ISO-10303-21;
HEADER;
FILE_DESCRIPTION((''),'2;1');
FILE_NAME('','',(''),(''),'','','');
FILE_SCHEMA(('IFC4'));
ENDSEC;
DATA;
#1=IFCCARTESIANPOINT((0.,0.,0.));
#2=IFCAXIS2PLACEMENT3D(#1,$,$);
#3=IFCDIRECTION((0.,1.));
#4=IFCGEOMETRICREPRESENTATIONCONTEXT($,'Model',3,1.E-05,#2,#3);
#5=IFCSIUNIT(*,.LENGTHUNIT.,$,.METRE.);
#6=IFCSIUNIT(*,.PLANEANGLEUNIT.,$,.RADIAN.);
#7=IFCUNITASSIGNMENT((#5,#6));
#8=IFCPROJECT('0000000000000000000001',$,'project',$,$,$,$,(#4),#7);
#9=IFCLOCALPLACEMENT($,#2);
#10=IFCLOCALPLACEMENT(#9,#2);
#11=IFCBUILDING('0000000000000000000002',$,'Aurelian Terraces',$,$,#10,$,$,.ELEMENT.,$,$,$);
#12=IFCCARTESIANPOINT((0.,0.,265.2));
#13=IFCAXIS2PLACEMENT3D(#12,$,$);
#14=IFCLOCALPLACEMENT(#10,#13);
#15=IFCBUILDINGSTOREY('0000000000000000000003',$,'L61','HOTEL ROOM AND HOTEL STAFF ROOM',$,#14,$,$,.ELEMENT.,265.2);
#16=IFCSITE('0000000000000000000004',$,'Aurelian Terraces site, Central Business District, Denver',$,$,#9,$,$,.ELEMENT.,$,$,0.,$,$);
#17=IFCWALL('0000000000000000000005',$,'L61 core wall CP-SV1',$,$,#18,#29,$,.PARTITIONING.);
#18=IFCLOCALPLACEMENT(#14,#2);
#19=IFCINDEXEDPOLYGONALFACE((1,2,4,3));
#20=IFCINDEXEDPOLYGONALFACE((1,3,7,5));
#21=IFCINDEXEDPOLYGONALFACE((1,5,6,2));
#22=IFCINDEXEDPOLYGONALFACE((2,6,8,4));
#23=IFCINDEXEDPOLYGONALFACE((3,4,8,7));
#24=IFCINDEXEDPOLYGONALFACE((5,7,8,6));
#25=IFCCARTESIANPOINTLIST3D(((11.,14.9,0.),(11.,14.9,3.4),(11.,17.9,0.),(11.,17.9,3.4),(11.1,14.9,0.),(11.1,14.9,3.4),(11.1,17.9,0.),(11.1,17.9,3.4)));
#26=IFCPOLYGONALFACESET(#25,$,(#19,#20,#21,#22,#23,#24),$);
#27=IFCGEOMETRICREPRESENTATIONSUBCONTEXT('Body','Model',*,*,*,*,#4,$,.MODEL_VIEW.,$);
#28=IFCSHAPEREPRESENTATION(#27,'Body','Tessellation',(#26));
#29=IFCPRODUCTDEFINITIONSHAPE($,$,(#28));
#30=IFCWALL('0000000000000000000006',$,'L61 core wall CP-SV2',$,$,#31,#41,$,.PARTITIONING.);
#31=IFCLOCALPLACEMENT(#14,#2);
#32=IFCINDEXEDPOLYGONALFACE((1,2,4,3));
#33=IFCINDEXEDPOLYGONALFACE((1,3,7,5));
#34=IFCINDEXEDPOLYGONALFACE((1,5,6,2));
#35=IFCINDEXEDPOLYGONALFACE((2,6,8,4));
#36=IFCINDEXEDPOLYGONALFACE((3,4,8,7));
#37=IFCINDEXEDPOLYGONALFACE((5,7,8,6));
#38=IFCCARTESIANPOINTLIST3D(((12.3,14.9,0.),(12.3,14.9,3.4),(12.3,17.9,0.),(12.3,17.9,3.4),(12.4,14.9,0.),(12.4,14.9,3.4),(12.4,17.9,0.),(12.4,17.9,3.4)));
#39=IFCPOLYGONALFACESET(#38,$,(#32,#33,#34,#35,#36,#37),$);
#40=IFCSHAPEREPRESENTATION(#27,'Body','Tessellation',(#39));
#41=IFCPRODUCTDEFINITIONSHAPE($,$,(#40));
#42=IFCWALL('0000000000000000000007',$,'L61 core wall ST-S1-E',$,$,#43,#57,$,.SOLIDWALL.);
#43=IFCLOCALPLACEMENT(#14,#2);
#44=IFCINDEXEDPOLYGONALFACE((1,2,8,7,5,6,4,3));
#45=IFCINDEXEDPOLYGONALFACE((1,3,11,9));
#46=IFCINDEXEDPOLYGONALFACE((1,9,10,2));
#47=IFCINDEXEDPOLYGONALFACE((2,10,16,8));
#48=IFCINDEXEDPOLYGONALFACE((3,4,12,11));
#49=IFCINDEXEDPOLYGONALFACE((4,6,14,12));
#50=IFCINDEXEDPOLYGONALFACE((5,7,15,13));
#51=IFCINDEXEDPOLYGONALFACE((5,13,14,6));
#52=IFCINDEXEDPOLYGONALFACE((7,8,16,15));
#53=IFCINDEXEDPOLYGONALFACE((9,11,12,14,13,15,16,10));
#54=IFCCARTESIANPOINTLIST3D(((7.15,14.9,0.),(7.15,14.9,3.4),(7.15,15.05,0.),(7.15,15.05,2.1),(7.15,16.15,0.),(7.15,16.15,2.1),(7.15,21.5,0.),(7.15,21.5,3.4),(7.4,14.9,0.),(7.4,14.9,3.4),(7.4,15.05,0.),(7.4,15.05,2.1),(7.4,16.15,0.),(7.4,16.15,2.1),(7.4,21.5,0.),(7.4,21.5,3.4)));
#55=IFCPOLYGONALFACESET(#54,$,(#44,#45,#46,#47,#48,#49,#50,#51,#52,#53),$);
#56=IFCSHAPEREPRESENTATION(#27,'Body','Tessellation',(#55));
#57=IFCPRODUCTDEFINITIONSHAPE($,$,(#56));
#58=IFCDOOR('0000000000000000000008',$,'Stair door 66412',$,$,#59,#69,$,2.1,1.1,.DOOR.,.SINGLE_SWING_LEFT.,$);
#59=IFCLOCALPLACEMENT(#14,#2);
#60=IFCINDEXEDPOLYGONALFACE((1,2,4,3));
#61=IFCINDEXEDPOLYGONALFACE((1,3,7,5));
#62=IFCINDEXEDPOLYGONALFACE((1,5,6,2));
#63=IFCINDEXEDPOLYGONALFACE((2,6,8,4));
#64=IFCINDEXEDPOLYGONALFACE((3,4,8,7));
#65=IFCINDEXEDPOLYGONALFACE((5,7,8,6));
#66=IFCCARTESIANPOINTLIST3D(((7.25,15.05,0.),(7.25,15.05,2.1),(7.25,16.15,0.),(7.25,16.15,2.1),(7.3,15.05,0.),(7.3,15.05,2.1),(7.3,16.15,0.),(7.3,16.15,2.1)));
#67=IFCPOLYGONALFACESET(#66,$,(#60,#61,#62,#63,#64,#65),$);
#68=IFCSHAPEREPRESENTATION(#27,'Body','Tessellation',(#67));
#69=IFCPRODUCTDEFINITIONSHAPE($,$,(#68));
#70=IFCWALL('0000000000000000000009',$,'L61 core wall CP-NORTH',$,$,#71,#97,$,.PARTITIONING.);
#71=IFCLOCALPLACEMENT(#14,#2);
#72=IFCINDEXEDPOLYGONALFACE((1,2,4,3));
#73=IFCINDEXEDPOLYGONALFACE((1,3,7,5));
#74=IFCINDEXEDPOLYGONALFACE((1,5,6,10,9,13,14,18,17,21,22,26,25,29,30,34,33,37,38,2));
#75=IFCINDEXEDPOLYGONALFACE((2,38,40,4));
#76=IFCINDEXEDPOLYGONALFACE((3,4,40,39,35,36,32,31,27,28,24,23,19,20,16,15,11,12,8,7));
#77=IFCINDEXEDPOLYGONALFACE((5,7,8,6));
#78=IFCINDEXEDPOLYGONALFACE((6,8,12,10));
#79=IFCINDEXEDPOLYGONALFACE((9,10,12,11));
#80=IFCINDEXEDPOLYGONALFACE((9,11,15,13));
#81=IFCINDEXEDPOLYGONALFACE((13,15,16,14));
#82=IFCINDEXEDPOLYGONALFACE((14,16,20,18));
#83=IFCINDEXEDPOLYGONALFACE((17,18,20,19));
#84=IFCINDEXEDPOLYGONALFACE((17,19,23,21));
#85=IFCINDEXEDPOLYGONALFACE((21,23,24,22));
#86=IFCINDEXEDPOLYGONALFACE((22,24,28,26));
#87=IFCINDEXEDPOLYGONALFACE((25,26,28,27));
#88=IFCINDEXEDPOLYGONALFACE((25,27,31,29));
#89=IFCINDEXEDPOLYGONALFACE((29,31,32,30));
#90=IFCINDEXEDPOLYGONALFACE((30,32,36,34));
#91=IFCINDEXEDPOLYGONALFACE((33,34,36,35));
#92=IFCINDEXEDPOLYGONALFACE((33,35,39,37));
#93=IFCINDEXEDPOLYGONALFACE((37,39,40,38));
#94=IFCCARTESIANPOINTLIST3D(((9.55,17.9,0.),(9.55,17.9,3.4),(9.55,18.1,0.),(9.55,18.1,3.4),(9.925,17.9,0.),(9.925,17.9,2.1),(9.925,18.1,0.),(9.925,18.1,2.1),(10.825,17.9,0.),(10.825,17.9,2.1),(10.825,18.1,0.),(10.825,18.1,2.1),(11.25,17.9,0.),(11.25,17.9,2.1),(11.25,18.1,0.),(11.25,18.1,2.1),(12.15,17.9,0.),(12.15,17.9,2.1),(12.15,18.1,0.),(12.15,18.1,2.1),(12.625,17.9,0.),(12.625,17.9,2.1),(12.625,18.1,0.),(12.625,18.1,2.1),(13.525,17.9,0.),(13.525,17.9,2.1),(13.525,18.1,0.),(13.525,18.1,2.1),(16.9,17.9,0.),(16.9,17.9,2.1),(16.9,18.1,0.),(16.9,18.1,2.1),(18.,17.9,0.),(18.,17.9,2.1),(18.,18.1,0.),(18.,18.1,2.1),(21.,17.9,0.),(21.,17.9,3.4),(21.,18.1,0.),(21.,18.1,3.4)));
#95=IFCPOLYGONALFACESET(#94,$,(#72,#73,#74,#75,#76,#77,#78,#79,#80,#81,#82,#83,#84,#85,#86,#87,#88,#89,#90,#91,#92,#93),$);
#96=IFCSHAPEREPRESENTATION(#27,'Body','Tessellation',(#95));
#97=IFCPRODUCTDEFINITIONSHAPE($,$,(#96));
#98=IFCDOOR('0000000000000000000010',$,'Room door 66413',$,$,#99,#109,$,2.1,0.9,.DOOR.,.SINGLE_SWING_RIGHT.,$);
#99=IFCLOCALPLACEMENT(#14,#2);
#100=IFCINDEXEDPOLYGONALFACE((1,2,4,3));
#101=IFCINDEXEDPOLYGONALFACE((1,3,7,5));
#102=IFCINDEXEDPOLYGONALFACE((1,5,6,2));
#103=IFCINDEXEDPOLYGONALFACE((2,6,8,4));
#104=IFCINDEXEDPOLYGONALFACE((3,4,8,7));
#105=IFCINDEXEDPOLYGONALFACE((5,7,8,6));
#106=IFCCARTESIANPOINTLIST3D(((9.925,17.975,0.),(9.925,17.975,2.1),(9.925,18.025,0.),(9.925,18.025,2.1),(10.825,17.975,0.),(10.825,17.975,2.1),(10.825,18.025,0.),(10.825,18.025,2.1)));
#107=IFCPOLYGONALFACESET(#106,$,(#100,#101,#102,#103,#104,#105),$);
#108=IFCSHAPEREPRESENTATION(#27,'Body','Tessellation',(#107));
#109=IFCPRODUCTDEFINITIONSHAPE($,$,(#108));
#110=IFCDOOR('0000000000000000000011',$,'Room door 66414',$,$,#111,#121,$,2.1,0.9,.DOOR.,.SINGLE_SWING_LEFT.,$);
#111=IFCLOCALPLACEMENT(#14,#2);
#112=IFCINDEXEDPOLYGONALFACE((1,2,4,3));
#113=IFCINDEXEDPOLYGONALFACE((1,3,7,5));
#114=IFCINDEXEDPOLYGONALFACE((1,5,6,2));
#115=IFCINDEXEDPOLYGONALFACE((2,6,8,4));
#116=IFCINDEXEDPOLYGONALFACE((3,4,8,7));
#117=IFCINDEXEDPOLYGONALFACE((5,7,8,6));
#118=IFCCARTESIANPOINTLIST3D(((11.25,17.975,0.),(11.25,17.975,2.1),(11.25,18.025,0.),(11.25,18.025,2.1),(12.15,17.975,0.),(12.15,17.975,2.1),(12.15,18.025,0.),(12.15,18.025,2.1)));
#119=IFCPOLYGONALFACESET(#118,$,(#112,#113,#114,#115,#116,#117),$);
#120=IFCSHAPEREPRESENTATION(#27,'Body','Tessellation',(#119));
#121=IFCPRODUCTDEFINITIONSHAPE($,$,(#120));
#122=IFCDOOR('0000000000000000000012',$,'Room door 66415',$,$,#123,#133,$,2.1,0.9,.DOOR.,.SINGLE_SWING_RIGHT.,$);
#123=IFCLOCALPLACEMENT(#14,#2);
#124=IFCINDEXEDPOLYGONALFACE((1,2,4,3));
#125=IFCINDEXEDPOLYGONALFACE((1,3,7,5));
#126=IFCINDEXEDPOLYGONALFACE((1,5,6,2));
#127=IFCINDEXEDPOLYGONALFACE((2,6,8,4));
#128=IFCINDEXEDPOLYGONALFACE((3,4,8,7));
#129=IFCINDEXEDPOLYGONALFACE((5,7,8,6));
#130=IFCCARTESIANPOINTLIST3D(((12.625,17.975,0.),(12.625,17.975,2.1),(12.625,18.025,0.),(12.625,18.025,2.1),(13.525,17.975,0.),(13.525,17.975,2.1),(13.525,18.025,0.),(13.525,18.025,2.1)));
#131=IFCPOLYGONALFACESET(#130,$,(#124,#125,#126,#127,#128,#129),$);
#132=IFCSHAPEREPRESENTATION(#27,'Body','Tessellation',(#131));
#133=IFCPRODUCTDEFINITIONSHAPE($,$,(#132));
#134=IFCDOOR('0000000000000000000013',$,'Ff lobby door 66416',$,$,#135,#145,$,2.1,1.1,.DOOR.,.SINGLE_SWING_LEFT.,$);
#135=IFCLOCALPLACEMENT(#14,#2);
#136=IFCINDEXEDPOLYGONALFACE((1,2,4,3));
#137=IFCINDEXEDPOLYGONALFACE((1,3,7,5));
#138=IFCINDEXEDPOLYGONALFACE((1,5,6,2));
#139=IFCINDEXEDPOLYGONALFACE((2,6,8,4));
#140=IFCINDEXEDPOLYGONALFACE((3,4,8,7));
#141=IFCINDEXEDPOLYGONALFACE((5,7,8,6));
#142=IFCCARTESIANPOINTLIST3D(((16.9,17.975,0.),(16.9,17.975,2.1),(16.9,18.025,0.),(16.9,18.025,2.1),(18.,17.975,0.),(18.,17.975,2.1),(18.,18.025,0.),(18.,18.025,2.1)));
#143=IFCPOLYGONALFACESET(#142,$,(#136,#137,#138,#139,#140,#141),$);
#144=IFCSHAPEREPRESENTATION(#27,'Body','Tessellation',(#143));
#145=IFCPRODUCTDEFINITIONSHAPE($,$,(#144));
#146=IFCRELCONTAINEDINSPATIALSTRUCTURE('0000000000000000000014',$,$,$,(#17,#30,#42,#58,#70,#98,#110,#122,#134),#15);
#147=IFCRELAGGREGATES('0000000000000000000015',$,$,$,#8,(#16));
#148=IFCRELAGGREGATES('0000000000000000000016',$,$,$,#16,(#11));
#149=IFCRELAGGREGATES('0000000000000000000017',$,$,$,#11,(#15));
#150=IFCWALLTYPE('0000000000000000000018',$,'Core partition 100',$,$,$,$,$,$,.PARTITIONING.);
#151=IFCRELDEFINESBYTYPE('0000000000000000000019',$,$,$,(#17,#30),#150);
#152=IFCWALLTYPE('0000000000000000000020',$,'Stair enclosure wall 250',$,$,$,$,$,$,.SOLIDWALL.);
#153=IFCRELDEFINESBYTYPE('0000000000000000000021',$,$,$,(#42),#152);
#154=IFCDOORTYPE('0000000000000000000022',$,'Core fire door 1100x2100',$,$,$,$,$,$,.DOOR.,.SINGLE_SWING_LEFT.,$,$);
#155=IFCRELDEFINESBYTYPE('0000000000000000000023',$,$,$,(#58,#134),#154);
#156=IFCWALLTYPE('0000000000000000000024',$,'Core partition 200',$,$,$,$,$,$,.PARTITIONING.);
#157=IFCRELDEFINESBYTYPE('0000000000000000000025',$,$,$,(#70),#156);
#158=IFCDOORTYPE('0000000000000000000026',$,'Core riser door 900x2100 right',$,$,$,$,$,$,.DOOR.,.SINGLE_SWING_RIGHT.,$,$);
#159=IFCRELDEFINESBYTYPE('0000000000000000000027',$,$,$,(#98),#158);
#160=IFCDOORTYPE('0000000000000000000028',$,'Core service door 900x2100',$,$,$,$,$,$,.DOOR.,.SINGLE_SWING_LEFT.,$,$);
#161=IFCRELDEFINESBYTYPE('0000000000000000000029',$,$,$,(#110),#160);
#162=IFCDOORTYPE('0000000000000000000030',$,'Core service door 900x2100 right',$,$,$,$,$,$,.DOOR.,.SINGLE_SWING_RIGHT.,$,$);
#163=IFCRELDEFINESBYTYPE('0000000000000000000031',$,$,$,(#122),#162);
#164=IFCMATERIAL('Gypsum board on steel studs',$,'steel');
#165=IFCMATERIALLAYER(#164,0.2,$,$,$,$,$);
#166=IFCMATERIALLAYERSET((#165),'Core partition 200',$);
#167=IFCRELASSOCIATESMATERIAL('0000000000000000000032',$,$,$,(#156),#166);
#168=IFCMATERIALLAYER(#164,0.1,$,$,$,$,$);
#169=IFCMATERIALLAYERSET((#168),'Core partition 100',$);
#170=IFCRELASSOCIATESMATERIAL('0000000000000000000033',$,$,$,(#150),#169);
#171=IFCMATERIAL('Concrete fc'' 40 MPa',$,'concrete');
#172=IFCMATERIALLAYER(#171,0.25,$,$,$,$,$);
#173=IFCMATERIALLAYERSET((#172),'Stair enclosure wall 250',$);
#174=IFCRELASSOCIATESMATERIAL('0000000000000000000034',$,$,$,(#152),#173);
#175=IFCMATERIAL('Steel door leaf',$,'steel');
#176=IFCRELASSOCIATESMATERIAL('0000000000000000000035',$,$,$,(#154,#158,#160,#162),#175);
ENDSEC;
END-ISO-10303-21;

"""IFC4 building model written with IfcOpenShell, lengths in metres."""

from ifc_helpers import new_model, si_unit, direction, frame, frame_2d, origin, place, context, subcontext, project, spatial, rectangle, extrude, source, transform, mapped, material, layer, layer_set, type_object, element, fill, save


model = new_model("IFC4")

# Units and contexts
model_context = context("Model", 3, precision=1e-05, world=origin(), true_north=direction((0.0, 1.0)))
body_context = subcontext(model_context, "Body", "Model", "MODEL_VIEW")
ifc_project = project(units=[si_unit("LENGTHUNIT", "METRE"), si_unit("PLANEANGLEUNIT", "RADIAN")], contexts=[model_context])

# Site, building, storey
site_placement = place(None, origin())
site = spatial("IfcSite", under=ifc_project, at=site_placement, Name="Aurelian Terraces site, Central Business District, Denver", CompositionType="ELEMENT", RefElevation=0.0)
building_placement = place(site_placement, origin())
building = spatial("IfcBuilding", under=site, at=building_placement, Name="Aurelian Terraces", CompositionType="ELEMENT")
storey_placement = place(building_placement, frame((0.0, 0.0, 265.2)))
storey = spatial("IfcBuildingStorey", under=building, at=storey_placement, Name="L61", Description="HOTEL ROOM AND HOTEL STAFF ROOM", CompositionType="ELEMENT", Elevation=265.2)

# Shared definitions
ifc_material_1 = material(Name="Concrete fc' 40 MPa", Category="concrete")

# Shared definitions
shared_shape_1 = source(origin(), body_context, "Body", "SweptSolid", [
    extrude(rectangle(XDim=1.1, YDim=2.1, at=frame_2d((0.55, 1.05))), frame((0.0, 0.11, 0.0), z_axis=(0.0, -1.0, 0.0), x_axis=(1.0, 0.0, 0.0)), (0.0, 0.0, 1.0), 0.22),
])
shared_shape_2 = source(origin(), body_context, "Body", "SweptSolid", [
    extrude(rectangle(XDim=1.1, YDim=2.1, at=frame_2d((0.55, 1.05))), frame((0.0, 0.025, 0.0), z_axis=(0.0, -1.0, 0.0), x_axis=(1.0, 0.0, 0.0)), (0.0, 0.0, 1.0), 0.05),
])

# Walls
ifc_material_2 = material(Name="Gypsum board on steel studs", Category="steel")
ifc_layer_1 = layer(ifc_material_2, 0.2)
ifc_layer_set_1 = layer_set([ifc_layer_1], Name="Core partition 200")
wall_type_1 = type_object("IfcWallType", Name="Core partition 200", PredefinedType="PARTITIONING", material=ifc_layer_set_1)
ifc_layer_2 = layer(ifc_material_2, 0.1)
ifc_layer_set_2 = layer_set([ifc_layer_2], Name="Core partition 100")
wall_type_2 = type_object("IfcWallType", Name="Core partition 100", PredefinedType="PARTITIONING", material=ifc_layer_set_2)
shared_shape_3 = source(origin(), body_context, "Body", "SweptSolid", [
    extrude(rectangle(XDim=3.0, YDim=0.1, at=frame_2d((1.5, 0.0))), origin(), (0.0, 0.0, 1.0), 3.4),
])
for number, where, z_axis, x_axis, name in (
    (1, (11.05, 14.9, 0.0), (0.0, 0.0, 1.0), (0.0, 1.0, 0.0), "L61 core wall CP-SV1"),
    (2, (12.35, 14.9, 0.0), (0.0, 0.0, 1.0), (0.0, 1.0, 0.0), "L61 core wall CP-SV2"),
):
    element("IfcWall", number, at=place(storey_placement, frame(where, z_axis=z_axis, x_axis=x_axis)), inside=storey, type_object=wall_type_2, Name=name, PredefinedType="PARTITIONING", context=body_context, shape_type="MappedRepresentation", body=[
        mapped(shared_shape_3, transform((0.0, 0.0, 0.0), scale=1.0)),
    ])

# Wall, opening, door
ifc_layer_3 = layer(ifc_material_1, 0.25)
ifc_layer_set_3 = layer_set([ifc_layer_3], Name="Stair enclosure wall 250")
wall_type_3 = type_object("IfcWallType", Name="Stair enclosure wall 250", PredefinedType="SOLIDWALL", material=ifc_layer_set_3)
shared_shape_4 = source(origin(), body_context, "Body", "SweptSolid", [
    extrude(rectangle(XDim=6.6, YDim=0.25, at=frame_2d((3.3, 0.0))), origin(), (0.0, 0.0, 1.0), 3.4),
])
wall_1_placement = place(storey_placement, frame((7.275, 14.9, 0.0), z_axis=(0.0, 0.0, 1.0), x_axis=(0.0, 1.0, 0.0)))
wall_1 = element("IfcWall", 3, at=wall_1_placement, inside=storey, type_object=wall_type_3, Name="L61 core wall ST-S1-E", PredefinedType="SOLIDWALL", context=body_context, shape_type="MappedRepresentation", body=[
    mapped(shared_shape_4, transform((0.0, 0.0, 0.0), scale=1.0)),
])
shared_shape_5 = source(origin(), body_context, "Body", "SweptSolid", [
    extrude(rectangle(XDim=1.1, YDim=2.1, at=frame_2d((0.55, 1.05))), frame((0.0, 0.135, 0.0), z_axis=(0.0, -1.0, 0.0), x_axis=(1.0, 0.0, 0.0)), (0.0, 0.0, 1.0), 0.27),
])
opening_1_placement = place(wall_1_placement, frame((0.15, 0.0, 0.0)))
opening_1 = element("IfcOpeningElement", 4, at=opening_1_placement, cuts=wall_1, PredefinedType="OPENING", context=body_context, shape_type="MappedRepresentation", body=[
    mapped(shared_shape_5, transform((0.0, 0.0, 0.0), scale=1.0)),
])
ifc_material_3 = material(Name="Steel door leaf", Category="steel")
door_type_1 = type_object("IfcDoorType", Name="Core fire door 1100x2100", OperationType="SINGLE_SWING_LEFT", PredefinedType="DOOR", material=ifc_material_3)
door_1_placement = place(opening_1_placement, origin())
door_1 = element("IfcDoor", 5, at=door_1_placement, inside=storey, type_object=door_type_1, Name="Stair door 66412", OperationType="SINGLE_SWING_LEFT", OverallHeight=2.1, OverallWidth=1.1, PredefinedType="DOOR", context=body_context, shape_type="MappedRepresentation", body=[
    mapped(shared_shape_2, transform((0.0, 0.0, 0.0), scale=1.0)),
])
fill(opening_1, door_1)

# Wall, openings, doors
shared_shape_6 = source(origin(), body_context, "Body", "SweptSolid", [
    extrude(rectangle(XDim=11.45, YDim=0.2, at=frame_2d((5.725, 0.0))), origin(), (0.0, 0.0, 1.0), 3.4),
])
wall_2_placement = place(storey_placement, frame((9.55, 18.0, 0.0), z_axis=(0.0, 0.0, 1.0), x_axis=(1.0, 0.0, 0.0)))
wall_2 = element("IfcWall", 6, at=wall_2_placement, inside=storey, type_object=wall_type_1, Name="L61 core wall CP-NORTH", PredefinedType="PARTITIONING", context=body_context, shape_type="MappedRepresentation", body=[
    mapped(shared_shape_6, transform((0.0, 0.0, 0.0), scale=1.0)),
])
shared_shape_7 = source(origin(), body_context, "Body", "SweptSolid", [
    extrude(rectangle(XDim=0.9, YDim=2.1, at=frame_2d((0.45, 1.05))), frame((0.0, 0.11, 0.0), z_axis=(0.0, -1.0, 0.0), x_axis=(1.0, 0.0, 0.0)), (0.0, 0.0, 1.0), 0.22),
])
opening_2_placement = place(wall_2_placement, frame((0.375, 0.0, 0.0)))
opening_2 = element("IfcOpeningElement", 7, at=opening_2_placement, cuts=wall_2, PredefinedType="OPENING", context=body_context, shape_type="MappedRepresentation", body=[
    mapped(shared_shape_7, transform((0.0, 0.0, 0.0), scale=1.0)),
])
opening_3_placement = place(wall_2_placement, frame((1.7, 0.0, 0.0)))
opening_3 = element("IfcOpeningElement", 8, at=opening_3_placement, cuts=wall_2, PredefinedType="OPENING", context=body_context, shape_type="MappedRepresentation", body=[
    mapped(shared_shape_7, transform((0.0, 0.0, 0.0), scale=1.0)),
])
opening_4_placement = place(wall_2_placement, frame((3.075, 0.0, 0.0)))
opening_4 = element("IfcOpeningElement", 9, at=opening_4_placement, cuts=wall_2, PredefinedType="OPENING", context=body_context, shape_type="MappedRepresentation", body=[
    mapped(shared_shape_7, transform((0.0, 0.0, 0.0), scale=1.0)),
])
opening_5_placement = place(wall_2_placement, frame((7.35, 0.0, 0.0)))
opening_5 = element("IfcOpeningElement", 10, at=opening_5_placement, cuts=wall_2, PredefinedType="OPENING", context=body_context, shape_type="MappedRepresentation", body=[
    mapped(shared_shape_1, transform((0.0, 0.0, 0.0), scale=1.0)),
])
door_type_2 = type_object("IfcDoorType", Name="Core riser door 900x2100 right", OperationType="SINGLE_SWING_RIGHT", PredefinedType="DOOR", material=ifc_material_3)
shared_shape_8 = source(origin(), body_context, "Body", "SweptSolid", [
    extrude(rectangle(XDim=0.9, YDim=2.1, at=frame_2d((0.45, 1.05))), frame((0.0, 0.025, 0.0), z_axis=(0.0, -1.0, 0.0), x_axis=(1.0, 0.0, 0.0)), (0.0, 0.0, 1.0), 0.05),
])
door_2_placement = place(opening_2_placement, origin())
door_2 = element("IfcDoor", 11, at=door_2_placement, inside=storey, type_object=door_type_2, Name="Room door 66413", OperationType="SINGLE_SWING_RIGHT", OverallHeight=2.1, OverallWidth=0.9, PredefinedType="DOOR", context=body_context, shape_type="MappedRepresentation", body=[
    mapped(shared_shape_8, transform((0.0, 0.0, 0.0), scale=1.0)),
])
fill(opening_2, door_2)
door_type_3 = type_object("IfcDoorType", Name="Core service door 900x2100", OperationType="SINGLE_SWING_LEFT", PredefinedType="DOOR", material=ifc_material_3)
door_3_placement = place(opening_3_placement, origin())
door_3 = element("IfcDoor", 12, at=door_3_placement, inside=storey, type_object=door_type_3, Name="Room door 66414", OperationType="SINGLE_SWING_LEFT", OverallHeight=2.1, OverallWidth=0.9, PredefinedType="DOOR", context=body_context, shape_type="MappedRepresentation", body=[
    mapped(shared_shape_8, transform((0.0, 0.0, 0.0), scale=1.0)),
])
fill(opening_3, door_3)
door_type_4 = type_object("IfcDoorType", Name="Core service door 900x2100 right", OperationType="SINGLE_SWING_RIGHT", PredefinedType="DOOR", material=ifc_material_3)
door_4_placement = place(opening_4_placement, origin())
door_4 = element("IfcDoor", 13, at=door_4_placement, inside=storey, type_object=door_type_4, Name="Room door 66415", OperationType="SINGLE_SWING_RIGHT", OverallHeight=2.1, OverallWidth=0.9, PredefinedType="DOOR", context=body_context, shape_type="MappedRepresentation", body=[
    mapped(shared_shape_8, transform((0.0, 0.0, 0.0), scale=1.0)),
])
fill(opening_4, door_4)
door_5_placement = place(opening_5_placement, origin())
door_5 = element("IfcDoor", 14, at=door_5_placement, inside=storey, type_object=door_type_1, Name="Ff lobby door 66416", OperationType="SINGLE_SWING_LEFT", OverallHeight=2.1, OverallWidth=1.1, PredefinedType="DOOR", context=body_context, shape_type="MappedRepresentation", body=[
    mapped(shared_shape_2, transform((0.0, 0.0, 0.0), scale=1.0)),
])
fill(opening_5, door_5)

save(model, "model.ifc")
